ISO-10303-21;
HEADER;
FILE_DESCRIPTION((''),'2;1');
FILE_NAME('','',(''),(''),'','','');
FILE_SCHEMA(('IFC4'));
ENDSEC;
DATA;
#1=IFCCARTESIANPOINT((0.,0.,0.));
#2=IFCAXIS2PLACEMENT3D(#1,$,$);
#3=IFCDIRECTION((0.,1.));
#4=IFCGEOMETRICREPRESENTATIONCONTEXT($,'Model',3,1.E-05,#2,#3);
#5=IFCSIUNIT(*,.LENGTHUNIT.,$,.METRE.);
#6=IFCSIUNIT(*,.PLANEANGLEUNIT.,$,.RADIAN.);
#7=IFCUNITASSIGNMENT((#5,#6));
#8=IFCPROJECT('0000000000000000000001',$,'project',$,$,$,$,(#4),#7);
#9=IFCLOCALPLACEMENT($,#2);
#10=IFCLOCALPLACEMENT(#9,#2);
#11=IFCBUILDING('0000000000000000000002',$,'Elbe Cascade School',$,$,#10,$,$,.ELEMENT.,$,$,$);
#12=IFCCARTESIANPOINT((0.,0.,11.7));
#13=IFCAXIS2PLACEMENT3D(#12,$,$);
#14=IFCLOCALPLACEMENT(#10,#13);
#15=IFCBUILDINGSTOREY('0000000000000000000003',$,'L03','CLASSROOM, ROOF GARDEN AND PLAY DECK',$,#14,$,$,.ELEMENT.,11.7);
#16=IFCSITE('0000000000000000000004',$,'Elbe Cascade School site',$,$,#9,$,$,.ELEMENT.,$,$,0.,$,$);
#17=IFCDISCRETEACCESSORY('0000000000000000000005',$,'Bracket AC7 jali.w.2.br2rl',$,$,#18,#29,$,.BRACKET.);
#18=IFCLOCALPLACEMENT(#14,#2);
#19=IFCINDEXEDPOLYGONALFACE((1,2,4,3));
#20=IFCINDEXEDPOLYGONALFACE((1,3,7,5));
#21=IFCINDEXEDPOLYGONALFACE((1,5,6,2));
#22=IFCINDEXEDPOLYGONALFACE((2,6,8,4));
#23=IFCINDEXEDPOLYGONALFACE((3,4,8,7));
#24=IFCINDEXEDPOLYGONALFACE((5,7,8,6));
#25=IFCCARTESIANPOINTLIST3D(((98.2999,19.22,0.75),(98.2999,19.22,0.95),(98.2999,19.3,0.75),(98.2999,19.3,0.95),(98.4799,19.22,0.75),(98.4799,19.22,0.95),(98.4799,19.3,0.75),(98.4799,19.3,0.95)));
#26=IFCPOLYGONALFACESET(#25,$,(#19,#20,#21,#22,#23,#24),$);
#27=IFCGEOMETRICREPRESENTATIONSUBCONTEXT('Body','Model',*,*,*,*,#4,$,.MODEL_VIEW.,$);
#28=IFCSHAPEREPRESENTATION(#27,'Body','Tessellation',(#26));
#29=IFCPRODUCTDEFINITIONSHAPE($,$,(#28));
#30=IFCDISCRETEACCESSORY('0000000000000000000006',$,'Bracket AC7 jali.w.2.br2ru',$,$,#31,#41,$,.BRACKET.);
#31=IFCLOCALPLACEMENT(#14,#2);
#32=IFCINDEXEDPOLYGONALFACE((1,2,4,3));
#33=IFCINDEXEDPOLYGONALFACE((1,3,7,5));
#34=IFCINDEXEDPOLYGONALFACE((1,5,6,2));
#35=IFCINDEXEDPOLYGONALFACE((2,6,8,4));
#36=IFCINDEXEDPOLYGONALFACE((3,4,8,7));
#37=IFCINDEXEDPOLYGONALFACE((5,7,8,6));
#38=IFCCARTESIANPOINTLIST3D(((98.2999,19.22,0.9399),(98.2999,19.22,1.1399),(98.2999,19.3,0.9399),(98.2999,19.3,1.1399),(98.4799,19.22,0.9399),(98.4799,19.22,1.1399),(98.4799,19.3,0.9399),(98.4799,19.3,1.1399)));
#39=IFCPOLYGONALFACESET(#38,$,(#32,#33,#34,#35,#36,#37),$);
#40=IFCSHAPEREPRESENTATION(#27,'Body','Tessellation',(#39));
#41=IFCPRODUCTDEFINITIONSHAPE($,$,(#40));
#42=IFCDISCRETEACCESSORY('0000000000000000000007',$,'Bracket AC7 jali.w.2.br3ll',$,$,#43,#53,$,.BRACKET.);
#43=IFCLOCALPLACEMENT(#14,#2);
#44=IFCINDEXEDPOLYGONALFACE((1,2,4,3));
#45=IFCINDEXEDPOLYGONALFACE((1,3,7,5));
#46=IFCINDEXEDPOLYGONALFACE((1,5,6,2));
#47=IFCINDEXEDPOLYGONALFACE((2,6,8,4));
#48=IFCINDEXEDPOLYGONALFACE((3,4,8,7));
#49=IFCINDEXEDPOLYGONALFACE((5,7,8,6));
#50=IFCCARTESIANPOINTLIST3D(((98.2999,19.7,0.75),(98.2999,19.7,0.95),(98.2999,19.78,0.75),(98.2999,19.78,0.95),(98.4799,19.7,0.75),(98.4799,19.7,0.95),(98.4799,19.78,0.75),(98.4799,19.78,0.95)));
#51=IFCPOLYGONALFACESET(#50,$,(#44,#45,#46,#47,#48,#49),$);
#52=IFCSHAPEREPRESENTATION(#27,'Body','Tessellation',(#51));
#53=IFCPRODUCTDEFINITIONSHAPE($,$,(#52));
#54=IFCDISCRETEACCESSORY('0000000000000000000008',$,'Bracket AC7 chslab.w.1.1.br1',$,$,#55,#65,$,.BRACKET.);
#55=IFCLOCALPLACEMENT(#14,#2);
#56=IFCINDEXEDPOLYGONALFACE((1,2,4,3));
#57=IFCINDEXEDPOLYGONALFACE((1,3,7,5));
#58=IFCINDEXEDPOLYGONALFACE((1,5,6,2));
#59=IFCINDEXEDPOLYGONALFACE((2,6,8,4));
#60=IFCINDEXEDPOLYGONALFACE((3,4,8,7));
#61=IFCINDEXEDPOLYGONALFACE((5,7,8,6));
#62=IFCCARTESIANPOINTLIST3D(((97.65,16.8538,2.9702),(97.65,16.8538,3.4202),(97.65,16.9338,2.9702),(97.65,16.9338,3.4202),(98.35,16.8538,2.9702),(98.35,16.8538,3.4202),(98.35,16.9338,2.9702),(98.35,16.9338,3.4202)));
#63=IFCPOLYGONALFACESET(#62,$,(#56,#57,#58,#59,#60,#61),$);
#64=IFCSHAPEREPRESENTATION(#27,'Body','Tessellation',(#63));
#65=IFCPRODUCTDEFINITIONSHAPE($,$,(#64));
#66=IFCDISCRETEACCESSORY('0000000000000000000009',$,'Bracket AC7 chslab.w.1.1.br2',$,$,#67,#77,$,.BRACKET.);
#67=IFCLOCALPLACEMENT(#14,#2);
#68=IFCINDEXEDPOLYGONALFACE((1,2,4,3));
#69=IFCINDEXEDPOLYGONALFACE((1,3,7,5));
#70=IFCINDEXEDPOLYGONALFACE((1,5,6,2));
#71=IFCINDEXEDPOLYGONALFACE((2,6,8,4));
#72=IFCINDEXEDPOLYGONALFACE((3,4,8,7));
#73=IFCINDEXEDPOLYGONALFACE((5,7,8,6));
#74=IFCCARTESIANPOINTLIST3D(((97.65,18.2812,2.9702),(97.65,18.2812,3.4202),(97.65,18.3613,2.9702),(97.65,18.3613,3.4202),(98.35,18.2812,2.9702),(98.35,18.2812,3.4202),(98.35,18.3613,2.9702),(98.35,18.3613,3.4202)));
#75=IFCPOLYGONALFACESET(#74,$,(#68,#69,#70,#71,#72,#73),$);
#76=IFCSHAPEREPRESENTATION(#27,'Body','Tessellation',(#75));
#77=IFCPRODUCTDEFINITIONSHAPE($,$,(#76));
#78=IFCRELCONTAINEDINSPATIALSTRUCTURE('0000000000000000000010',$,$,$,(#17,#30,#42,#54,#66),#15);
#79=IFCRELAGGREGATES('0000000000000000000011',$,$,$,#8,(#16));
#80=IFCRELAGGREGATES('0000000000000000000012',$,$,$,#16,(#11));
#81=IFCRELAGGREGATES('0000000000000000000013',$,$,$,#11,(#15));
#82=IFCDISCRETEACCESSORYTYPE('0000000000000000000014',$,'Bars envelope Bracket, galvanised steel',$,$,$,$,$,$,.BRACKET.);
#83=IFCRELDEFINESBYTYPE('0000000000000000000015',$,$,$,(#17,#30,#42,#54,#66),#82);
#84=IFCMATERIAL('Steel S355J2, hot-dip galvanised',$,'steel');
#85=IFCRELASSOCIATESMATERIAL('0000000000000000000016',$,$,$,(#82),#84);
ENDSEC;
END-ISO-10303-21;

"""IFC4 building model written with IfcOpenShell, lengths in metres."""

from ifc_helpers import new_model, si_unit, direction, frame, origin, origin_2d, place, context, subcontext, project, spatial, rectangle, extrude, material, type_object, element, save


model = new_model("IFC4")

# Units and contexts
model_context = context("Model", 3, precision=1e-05, world=origin(), true_north=direction((0.0, 1.0)))
body_context = subcontext(model_context, "Body", "Model", "MODEL_VIEW")
ifc_project = project(units=[si_unit("LENGTHUNIT", "METRE"), si_unit("PLANEANGLEUNIT", "RADIAN")], contexts=[model_context])

# Site, building, storey
site_placement = place(None, origin())
site = spatial("IfcSite", under=ifc_project, at=site_placement, Name="Elbe Cascade School site", CompositionType="ELEMENT", RefElevation=0.0)
building_placement = place(site_placement, origin())
building = spatial("IfcBuilding", under=site, at=building_placement, Name="Elbe Cascade School", CompositionType="ELEMENT")
storey_placement = place(building_placement, frame((0.0, 0.0, 11.7)))
storey = spatial("IfcBuildingStorey", under=building, at=storey_placement, Name="L03", Description="CLASSROOM, ROOF GARDEN AND PLAY DECK", CompositionType="ELEMENT", Elevation=11.7)

# Discrete accessories
ifc_material_1 = material(Name="Steel S355J2, hot-dip galvanised", Category="steel")
discrete_accessory_type = type_object("IfcDiscreteAccessoryType", Name="Bars envelope Bracket, galvanised steel", PredefinedType="BRACKET", material=ifc_material_1)
for number, where, z_axis, x_axis, name in (
    (1, (98.3899, 19.26, 0.75), (0.0, 0.0, 1.0), (0.0, 1.0, 0.0), "Bracket AC7 jali.w.2.br2rl"),
    (2, (98.3899, 19.26, 0.9399), (0.0, 0.0, 1.0), (0.0, 1.0, 0.0), "Bracket AC7 jali.w.2.br2ru"),
    (3, (98.3899, 19.74, 0.75), (0.0, 0.0, 1.0), (0.0, 1.0, 0.0), "Bracket AC7 jali.w.2.br3ll"),
):
    element("IfcDiscreteAccessory", number, at=place(storey_placement, frame(where, z_axis=z_axis, x_axis=x_axis)), inside=storey, type_object=discrete_accessory_type, Name=name, PredefinedType="BRACKET", context=body_context, shape_type="SweptSolid", body=[
        extrude(rectangle(XDim=0.0801, YDim=0.1799, at=origin_2d()), origin(), (0.0, 0.0, 1.0), 0.2),
    ])
for number, where, z_axis, x_axis, name in (
    (4, (98.0, 16.8938, 2.9702), (0.0, 0.0, 1.0), (0.0, 1.0, 0.0), "Bracket AC7 chslab.w.1.1.br1"),
    (5, (98.0, 18.3213, 2.9702), (0.0, 0.0, 1.0), (0.0, 1.0, 0.0), "Bracket AC7 chslab.w.1.1.br2"),
):
    element("IfcDiscreteAccessory", number, at=place(storey_placement, frame(where, z_axis=z_axis, x_axis=x_axis)), inside=storey, type_object=discrete_accessory_type, Name=name, PredefinedType="BRACKET", context=body_context, shape_type="SweptSolid", body=[
        extrude(rectangle(XDim=0.0801, YDim=0.7, at=origin_2d()), origin(), (0.0, 0.0, 1.0), 0.45),
    ])

save(model, "model.ifc")
